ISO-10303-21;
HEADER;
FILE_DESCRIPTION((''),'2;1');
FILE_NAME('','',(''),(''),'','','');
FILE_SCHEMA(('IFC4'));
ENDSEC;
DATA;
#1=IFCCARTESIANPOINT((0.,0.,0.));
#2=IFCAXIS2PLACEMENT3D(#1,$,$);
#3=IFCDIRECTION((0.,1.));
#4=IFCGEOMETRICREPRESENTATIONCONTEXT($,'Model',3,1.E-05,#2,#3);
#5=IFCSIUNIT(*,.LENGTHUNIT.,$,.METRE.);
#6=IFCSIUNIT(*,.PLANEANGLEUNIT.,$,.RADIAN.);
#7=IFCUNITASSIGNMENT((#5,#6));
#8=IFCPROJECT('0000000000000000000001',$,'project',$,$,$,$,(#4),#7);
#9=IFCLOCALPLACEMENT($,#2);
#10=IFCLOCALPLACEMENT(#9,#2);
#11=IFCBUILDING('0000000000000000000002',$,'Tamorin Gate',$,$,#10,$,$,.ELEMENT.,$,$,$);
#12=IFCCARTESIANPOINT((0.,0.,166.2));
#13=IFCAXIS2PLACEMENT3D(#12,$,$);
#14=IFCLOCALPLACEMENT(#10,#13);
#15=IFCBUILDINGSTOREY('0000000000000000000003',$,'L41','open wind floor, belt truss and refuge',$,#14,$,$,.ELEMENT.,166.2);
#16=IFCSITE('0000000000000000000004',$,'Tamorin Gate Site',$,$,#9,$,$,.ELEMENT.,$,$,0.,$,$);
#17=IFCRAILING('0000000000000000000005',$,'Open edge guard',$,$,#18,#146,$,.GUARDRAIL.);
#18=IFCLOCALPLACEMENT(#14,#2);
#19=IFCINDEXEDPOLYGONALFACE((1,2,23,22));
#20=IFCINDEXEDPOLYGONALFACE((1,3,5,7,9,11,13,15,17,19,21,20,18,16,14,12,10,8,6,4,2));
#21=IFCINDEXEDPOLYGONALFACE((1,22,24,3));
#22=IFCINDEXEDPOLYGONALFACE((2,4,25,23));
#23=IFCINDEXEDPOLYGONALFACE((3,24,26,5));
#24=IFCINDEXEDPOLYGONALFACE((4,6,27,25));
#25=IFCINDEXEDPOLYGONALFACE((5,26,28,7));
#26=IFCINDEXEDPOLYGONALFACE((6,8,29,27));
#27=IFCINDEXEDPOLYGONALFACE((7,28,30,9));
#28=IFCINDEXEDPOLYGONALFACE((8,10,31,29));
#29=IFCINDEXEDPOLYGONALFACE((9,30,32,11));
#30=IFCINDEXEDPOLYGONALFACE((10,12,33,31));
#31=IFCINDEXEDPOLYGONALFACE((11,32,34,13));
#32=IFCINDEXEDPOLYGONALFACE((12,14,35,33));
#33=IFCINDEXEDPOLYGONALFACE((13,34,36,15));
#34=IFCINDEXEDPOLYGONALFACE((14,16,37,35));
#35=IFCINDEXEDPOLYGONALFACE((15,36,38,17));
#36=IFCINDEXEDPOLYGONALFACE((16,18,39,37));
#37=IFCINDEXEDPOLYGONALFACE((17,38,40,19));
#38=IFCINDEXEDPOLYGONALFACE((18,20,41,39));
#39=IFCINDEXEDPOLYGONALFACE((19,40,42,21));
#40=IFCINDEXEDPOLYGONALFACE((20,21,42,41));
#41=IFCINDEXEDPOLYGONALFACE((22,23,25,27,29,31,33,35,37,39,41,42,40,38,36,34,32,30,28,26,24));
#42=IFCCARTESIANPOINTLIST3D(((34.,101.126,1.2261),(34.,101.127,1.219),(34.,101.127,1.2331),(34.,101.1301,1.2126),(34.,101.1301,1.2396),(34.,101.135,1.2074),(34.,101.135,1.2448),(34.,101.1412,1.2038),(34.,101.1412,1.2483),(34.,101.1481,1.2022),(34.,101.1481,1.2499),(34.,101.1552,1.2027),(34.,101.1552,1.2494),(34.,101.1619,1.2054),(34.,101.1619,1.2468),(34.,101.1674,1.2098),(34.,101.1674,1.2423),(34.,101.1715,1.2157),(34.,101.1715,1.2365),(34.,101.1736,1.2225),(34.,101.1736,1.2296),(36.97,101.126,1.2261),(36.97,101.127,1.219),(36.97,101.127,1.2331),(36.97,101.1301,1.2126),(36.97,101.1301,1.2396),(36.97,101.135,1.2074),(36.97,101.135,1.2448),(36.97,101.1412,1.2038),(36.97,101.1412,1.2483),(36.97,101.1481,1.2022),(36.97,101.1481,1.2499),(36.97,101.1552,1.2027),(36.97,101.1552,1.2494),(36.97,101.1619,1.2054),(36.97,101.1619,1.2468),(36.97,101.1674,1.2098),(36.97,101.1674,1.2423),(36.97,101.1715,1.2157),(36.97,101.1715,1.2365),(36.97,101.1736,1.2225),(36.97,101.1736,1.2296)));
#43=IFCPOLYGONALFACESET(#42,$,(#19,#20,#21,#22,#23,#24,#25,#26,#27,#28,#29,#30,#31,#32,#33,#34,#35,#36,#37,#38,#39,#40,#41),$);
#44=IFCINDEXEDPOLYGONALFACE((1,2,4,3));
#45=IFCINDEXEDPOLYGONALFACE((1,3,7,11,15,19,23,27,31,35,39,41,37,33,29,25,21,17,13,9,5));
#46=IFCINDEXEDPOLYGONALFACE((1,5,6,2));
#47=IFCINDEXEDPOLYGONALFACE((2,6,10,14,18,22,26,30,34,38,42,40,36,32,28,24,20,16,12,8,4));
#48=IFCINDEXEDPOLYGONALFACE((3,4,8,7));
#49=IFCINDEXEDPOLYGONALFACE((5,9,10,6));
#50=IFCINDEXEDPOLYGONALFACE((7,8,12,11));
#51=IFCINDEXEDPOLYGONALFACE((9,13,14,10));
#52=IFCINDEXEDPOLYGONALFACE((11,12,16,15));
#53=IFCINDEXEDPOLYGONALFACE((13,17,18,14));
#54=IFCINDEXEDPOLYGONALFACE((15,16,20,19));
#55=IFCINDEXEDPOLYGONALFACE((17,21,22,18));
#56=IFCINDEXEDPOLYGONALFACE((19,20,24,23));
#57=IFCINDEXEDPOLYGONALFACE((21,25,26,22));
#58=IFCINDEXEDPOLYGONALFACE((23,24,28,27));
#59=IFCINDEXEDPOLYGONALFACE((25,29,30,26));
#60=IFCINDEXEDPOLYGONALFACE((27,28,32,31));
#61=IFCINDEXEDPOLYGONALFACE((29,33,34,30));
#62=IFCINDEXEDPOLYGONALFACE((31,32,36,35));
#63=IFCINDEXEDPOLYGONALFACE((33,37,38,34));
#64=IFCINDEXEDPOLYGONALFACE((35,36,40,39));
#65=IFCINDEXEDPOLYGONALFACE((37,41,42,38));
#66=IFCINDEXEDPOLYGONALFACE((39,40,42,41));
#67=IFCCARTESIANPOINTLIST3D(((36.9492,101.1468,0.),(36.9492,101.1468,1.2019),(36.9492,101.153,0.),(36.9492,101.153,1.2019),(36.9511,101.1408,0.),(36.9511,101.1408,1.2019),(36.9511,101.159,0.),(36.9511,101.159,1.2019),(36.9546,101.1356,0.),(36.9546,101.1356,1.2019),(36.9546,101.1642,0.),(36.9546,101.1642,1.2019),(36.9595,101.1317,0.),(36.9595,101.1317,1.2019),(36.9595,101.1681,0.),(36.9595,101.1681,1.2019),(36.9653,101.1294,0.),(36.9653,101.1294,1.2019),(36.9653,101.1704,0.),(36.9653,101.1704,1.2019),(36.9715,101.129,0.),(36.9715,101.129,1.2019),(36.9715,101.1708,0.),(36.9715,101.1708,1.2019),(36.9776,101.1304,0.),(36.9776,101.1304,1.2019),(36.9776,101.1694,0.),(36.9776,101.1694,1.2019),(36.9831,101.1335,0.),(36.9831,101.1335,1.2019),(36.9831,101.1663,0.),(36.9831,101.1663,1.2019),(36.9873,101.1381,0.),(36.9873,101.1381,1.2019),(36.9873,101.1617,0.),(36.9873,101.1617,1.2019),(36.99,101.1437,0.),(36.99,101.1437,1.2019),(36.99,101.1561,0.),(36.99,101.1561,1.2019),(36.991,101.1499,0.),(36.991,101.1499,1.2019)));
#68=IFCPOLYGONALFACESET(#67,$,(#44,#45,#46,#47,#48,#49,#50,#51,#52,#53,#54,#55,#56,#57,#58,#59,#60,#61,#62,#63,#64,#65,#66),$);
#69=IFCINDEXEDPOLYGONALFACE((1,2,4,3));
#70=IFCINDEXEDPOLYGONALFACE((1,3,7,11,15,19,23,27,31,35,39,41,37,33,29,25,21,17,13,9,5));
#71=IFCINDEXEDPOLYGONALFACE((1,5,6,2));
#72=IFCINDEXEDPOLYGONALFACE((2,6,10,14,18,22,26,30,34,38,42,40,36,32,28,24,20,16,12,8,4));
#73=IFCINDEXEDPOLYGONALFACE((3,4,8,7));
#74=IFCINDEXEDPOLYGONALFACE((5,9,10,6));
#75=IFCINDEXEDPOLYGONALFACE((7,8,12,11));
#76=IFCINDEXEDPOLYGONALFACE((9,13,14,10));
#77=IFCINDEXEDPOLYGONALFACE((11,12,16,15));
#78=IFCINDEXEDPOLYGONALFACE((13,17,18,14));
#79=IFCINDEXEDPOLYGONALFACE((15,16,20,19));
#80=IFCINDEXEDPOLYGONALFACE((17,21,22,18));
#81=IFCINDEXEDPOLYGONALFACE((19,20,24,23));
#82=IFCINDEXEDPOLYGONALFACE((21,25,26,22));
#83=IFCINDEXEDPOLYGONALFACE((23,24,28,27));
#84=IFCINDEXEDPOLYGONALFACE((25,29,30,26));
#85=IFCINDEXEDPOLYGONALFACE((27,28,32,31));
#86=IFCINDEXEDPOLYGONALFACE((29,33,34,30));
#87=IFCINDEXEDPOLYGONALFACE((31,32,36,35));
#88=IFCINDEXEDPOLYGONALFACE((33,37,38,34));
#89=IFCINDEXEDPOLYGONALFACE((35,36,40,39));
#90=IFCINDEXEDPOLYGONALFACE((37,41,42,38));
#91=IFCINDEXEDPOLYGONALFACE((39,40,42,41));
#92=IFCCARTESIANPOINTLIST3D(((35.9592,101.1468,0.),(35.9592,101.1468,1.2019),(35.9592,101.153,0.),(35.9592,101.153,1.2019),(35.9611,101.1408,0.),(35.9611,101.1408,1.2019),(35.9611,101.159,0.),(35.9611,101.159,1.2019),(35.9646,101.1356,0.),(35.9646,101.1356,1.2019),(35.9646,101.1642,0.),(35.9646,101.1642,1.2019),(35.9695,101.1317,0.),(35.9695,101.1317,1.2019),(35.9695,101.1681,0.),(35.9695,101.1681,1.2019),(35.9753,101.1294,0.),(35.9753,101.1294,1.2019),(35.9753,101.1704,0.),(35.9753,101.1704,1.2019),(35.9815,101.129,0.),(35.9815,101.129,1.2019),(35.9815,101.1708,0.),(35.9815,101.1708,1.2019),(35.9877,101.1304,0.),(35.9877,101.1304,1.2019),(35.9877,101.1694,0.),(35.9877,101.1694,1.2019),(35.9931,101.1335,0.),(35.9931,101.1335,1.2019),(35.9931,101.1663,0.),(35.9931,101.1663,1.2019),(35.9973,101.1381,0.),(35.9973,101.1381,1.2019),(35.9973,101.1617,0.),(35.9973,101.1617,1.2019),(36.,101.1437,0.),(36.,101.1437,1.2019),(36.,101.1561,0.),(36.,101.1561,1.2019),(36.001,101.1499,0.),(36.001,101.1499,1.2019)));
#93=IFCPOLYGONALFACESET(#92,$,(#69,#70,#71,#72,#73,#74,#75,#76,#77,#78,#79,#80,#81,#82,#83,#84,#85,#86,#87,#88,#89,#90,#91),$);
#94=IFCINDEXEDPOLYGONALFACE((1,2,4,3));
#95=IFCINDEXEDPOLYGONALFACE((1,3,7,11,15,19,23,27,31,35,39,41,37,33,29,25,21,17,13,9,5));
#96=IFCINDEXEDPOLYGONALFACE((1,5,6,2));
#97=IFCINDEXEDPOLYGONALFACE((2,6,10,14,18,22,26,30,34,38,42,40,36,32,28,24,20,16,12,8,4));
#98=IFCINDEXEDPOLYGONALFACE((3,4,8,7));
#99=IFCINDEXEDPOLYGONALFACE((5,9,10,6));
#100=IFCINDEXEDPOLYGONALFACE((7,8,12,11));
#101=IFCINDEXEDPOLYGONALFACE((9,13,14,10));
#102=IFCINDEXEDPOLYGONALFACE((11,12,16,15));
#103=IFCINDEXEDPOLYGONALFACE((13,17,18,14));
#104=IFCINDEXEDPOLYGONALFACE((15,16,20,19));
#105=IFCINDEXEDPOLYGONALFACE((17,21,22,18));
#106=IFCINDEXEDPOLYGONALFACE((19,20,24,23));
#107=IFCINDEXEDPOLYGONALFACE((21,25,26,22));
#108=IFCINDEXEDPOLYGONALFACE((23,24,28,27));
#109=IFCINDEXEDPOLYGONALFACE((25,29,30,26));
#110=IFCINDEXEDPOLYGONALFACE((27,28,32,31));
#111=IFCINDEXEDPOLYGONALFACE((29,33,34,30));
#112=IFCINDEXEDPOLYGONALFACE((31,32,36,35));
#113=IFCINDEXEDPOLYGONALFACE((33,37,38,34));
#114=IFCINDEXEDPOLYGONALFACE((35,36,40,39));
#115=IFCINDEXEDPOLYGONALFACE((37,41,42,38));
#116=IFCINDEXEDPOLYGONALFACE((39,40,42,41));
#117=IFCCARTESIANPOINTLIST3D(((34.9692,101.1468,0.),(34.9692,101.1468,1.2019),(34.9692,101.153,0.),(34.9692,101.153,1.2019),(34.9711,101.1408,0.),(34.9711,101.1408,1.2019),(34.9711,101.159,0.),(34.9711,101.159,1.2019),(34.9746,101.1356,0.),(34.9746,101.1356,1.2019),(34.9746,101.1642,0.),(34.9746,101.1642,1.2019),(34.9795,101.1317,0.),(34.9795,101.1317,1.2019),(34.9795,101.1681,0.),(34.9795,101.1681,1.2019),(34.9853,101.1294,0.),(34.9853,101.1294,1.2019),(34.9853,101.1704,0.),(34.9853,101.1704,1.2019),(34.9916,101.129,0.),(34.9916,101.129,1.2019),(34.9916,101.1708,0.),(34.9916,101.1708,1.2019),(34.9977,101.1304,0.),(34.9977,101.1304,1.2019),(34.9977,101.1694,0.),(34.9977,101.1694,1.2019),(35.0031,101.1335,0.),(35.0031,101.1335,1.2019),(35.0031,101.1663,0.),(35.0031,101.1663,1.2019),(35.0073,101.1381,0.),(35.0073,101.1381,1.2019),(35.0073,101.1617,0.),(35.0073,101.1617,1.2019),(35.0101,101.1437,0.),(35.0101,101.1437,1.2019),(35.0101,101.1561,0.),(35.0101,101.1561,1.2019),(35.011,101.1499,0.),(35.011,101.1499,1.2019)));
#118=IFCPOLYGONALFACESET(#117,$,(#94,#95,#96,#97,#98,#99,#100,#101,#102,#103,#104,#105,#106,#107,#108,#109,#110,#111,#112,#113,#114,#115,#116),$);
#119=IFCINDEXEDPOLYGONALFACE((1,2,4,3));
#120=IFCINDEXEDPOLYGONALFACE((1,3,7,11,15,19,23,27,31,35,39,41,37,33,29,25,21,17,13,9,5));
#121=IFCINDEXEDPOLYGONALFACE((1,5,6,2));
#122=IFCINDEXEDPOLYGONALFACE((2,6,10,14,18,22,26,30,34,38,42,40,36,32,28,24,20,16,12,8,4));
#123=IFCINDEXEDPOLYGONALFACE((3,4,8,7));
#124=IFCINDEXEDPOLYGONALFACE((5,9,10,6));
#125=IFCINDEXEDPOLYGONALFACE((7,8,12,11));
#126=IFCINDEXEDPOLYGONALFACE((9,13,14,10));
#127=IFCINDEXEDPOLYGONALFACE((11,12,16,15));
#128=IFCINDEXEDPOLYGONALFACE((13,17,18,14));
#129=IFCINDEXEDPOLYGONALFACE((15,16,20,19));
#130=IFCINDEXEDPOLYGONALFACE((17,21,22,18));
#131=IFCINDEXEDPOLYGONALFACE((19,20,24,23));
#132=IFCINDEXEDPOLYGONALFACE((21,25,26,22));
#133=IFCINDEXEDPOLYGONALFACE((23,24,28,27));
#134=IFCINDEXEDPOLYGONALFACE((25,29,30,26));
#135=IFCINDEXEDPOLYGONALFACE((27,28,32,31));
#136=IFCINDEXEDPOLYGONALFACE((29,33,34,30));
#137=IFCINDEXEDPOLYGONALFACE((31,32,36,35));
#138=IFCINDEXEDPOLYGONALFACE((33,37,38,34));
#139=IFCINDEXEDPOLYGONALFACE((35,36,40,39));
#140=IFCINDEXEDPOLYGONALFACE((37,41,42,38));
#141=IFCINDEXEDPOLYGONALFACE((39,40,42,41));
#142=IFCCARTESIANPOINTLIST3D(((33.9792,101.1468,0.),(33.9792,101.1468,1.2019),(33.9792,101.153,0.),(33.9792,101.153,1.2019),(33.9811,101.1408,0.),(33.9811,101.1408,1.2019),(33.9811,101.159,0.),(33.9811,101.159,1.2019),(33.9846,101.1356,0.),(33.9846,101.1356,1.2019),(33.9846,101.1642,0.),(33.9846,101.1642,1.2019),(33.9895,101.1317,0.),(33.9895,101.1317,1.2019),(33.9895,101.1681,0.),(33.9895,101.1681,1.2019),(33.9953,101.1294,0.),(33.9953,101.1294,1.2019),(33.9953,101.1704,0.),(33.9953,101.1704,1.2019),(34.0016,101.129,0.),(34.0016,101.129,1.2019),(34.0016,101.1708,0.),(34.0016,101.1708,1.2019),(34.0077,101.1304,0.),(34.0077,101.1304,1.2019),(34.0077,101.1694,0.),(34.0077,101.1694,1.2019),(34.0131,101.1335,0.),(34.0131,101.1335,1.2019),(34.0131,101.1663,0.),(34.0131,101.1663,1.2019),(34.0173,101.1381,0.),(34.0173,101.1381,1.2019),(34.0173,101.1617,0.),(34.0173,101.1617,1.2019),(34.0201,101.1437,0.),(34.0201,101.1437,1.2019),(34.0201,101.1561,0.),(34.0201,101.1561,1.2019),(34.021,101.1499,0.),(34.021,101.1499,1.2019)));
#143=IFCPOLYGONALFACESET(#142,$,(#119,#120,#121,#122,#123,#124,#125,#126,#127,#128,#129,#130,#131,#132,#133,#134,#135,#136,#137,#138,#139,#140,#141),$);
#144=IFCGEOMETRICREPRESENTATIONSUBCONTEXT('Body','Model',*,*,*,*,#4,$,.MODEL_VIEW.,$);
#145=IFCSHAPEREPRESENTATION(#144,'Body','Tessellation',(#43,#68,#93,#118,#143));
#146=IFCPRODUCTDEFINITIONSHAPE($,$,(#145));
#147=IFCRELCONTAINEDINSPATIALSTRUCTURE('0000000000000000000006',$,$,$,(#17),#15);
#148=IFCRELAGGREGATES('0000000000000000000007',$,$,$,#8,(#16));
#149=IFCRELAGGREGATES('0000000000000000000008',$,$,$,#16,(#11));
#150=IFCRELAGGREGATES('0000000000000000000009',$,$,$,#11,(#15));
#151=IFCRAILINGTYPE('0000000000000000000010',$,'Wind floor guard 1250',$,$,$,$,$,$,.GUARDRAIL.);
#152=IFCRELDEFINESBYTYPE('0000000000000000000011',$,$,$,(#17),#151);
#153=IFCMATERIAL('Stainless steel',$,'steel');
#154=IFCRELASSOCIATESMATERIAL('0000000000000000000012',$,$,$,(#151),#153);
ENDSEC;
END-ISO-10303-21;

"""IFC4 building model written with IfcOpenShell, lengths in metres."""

from ifc_helpers import new_model, si_unit, direction, frame, origin, origin_2d, place, context, subcontext, project, spatial, circle, extrude, material, type_object, element, save


model = new_model("IFC4")

# Units and contexts
model_context = context("Model", 3, precision=1e-05, world=origin(), true_north=direction((0.0, 1.0)))
body_context = subcontext(model_context, "Body", "Model", "MODEL_VIEW")
ifc_project = project(units=[si_unit("LENGTHUNIT", "METRE"), si_unit("PLANEANGLEUNIT", "RADIAN")], contexts=[model_context])

# Site, building, storey
site_placement = place(None, origin())
site = spatial("IfcSite", under=ifc_project, at=site_placement, Name="Tamorin Gate Site", CompositionType="ELEMENT", RefElevation=0.0)
building_placement = place(site_placement, origin())
building = spatial("IfcBuilding", under=site, at=building_placement, Name="Tamorin Gate", CompositionType="ELEMENT")
storey_placement = place(building_placement, frame((0.0, 0.0, 166.2)))
storey = spatial("IfcBuildingStorey", under=building, at=storey_placement, Name="L41", Description="open wind floor, belt truss and refuge", CompositionType="ELEMENT", Elevation=166.2)

# Railing
ifc_material_1 = material(Name="Stainless steel", Category="steel")
railing_type = type_object("IfcRailingType", Name="Wind floor guard 1250", PredefinedType="GUARDRAIL", material=ifc_material_1)
railing_1_placement = place(storey_placement, frame((36.97, 101.1499, 0.0)))
element("IfcRailing", 1, at=railing_1_placement, inside=storey, type_object=railing_type, Name="Open edge guard", PredefinedType="GUARDRAIL", context=body_context, shape_type="SweptSolid", body=[
    extrude(circle(Radius=0.0239, at=origin_2d()), frame((0.0, 0.0, 1.2261), z_axis=(-1.0, 0.0, 0.0), x_axis=(0.0, -1.0, 0.0)), (0.0, 0.0, 1.0), 2.97),
    extrude(circle(Radius=0.021, at=origin_2d()), origin(), (0.0, 0.0, 1.0), 1.2019),
    extrude(circle(Radius=0.021, at=origin_2d()), frame((-0.99, 0.0, 0.0)), (0.0, 0.0, 1.0), 1.2019),
    extrude(circle(Radius=0.021, at=origin_2d()), frame((-1.98, 0.0, 0.0)), (0.0, 0.0, 1.0), 1.2019),
    extrude(circle(Radius=0.021, at=origin_2d()), frame((-2.97, 0.0, 0.0)), (0.0, 0.0, 1.0), 1.2019),
])

save(model, "model.ifc")
